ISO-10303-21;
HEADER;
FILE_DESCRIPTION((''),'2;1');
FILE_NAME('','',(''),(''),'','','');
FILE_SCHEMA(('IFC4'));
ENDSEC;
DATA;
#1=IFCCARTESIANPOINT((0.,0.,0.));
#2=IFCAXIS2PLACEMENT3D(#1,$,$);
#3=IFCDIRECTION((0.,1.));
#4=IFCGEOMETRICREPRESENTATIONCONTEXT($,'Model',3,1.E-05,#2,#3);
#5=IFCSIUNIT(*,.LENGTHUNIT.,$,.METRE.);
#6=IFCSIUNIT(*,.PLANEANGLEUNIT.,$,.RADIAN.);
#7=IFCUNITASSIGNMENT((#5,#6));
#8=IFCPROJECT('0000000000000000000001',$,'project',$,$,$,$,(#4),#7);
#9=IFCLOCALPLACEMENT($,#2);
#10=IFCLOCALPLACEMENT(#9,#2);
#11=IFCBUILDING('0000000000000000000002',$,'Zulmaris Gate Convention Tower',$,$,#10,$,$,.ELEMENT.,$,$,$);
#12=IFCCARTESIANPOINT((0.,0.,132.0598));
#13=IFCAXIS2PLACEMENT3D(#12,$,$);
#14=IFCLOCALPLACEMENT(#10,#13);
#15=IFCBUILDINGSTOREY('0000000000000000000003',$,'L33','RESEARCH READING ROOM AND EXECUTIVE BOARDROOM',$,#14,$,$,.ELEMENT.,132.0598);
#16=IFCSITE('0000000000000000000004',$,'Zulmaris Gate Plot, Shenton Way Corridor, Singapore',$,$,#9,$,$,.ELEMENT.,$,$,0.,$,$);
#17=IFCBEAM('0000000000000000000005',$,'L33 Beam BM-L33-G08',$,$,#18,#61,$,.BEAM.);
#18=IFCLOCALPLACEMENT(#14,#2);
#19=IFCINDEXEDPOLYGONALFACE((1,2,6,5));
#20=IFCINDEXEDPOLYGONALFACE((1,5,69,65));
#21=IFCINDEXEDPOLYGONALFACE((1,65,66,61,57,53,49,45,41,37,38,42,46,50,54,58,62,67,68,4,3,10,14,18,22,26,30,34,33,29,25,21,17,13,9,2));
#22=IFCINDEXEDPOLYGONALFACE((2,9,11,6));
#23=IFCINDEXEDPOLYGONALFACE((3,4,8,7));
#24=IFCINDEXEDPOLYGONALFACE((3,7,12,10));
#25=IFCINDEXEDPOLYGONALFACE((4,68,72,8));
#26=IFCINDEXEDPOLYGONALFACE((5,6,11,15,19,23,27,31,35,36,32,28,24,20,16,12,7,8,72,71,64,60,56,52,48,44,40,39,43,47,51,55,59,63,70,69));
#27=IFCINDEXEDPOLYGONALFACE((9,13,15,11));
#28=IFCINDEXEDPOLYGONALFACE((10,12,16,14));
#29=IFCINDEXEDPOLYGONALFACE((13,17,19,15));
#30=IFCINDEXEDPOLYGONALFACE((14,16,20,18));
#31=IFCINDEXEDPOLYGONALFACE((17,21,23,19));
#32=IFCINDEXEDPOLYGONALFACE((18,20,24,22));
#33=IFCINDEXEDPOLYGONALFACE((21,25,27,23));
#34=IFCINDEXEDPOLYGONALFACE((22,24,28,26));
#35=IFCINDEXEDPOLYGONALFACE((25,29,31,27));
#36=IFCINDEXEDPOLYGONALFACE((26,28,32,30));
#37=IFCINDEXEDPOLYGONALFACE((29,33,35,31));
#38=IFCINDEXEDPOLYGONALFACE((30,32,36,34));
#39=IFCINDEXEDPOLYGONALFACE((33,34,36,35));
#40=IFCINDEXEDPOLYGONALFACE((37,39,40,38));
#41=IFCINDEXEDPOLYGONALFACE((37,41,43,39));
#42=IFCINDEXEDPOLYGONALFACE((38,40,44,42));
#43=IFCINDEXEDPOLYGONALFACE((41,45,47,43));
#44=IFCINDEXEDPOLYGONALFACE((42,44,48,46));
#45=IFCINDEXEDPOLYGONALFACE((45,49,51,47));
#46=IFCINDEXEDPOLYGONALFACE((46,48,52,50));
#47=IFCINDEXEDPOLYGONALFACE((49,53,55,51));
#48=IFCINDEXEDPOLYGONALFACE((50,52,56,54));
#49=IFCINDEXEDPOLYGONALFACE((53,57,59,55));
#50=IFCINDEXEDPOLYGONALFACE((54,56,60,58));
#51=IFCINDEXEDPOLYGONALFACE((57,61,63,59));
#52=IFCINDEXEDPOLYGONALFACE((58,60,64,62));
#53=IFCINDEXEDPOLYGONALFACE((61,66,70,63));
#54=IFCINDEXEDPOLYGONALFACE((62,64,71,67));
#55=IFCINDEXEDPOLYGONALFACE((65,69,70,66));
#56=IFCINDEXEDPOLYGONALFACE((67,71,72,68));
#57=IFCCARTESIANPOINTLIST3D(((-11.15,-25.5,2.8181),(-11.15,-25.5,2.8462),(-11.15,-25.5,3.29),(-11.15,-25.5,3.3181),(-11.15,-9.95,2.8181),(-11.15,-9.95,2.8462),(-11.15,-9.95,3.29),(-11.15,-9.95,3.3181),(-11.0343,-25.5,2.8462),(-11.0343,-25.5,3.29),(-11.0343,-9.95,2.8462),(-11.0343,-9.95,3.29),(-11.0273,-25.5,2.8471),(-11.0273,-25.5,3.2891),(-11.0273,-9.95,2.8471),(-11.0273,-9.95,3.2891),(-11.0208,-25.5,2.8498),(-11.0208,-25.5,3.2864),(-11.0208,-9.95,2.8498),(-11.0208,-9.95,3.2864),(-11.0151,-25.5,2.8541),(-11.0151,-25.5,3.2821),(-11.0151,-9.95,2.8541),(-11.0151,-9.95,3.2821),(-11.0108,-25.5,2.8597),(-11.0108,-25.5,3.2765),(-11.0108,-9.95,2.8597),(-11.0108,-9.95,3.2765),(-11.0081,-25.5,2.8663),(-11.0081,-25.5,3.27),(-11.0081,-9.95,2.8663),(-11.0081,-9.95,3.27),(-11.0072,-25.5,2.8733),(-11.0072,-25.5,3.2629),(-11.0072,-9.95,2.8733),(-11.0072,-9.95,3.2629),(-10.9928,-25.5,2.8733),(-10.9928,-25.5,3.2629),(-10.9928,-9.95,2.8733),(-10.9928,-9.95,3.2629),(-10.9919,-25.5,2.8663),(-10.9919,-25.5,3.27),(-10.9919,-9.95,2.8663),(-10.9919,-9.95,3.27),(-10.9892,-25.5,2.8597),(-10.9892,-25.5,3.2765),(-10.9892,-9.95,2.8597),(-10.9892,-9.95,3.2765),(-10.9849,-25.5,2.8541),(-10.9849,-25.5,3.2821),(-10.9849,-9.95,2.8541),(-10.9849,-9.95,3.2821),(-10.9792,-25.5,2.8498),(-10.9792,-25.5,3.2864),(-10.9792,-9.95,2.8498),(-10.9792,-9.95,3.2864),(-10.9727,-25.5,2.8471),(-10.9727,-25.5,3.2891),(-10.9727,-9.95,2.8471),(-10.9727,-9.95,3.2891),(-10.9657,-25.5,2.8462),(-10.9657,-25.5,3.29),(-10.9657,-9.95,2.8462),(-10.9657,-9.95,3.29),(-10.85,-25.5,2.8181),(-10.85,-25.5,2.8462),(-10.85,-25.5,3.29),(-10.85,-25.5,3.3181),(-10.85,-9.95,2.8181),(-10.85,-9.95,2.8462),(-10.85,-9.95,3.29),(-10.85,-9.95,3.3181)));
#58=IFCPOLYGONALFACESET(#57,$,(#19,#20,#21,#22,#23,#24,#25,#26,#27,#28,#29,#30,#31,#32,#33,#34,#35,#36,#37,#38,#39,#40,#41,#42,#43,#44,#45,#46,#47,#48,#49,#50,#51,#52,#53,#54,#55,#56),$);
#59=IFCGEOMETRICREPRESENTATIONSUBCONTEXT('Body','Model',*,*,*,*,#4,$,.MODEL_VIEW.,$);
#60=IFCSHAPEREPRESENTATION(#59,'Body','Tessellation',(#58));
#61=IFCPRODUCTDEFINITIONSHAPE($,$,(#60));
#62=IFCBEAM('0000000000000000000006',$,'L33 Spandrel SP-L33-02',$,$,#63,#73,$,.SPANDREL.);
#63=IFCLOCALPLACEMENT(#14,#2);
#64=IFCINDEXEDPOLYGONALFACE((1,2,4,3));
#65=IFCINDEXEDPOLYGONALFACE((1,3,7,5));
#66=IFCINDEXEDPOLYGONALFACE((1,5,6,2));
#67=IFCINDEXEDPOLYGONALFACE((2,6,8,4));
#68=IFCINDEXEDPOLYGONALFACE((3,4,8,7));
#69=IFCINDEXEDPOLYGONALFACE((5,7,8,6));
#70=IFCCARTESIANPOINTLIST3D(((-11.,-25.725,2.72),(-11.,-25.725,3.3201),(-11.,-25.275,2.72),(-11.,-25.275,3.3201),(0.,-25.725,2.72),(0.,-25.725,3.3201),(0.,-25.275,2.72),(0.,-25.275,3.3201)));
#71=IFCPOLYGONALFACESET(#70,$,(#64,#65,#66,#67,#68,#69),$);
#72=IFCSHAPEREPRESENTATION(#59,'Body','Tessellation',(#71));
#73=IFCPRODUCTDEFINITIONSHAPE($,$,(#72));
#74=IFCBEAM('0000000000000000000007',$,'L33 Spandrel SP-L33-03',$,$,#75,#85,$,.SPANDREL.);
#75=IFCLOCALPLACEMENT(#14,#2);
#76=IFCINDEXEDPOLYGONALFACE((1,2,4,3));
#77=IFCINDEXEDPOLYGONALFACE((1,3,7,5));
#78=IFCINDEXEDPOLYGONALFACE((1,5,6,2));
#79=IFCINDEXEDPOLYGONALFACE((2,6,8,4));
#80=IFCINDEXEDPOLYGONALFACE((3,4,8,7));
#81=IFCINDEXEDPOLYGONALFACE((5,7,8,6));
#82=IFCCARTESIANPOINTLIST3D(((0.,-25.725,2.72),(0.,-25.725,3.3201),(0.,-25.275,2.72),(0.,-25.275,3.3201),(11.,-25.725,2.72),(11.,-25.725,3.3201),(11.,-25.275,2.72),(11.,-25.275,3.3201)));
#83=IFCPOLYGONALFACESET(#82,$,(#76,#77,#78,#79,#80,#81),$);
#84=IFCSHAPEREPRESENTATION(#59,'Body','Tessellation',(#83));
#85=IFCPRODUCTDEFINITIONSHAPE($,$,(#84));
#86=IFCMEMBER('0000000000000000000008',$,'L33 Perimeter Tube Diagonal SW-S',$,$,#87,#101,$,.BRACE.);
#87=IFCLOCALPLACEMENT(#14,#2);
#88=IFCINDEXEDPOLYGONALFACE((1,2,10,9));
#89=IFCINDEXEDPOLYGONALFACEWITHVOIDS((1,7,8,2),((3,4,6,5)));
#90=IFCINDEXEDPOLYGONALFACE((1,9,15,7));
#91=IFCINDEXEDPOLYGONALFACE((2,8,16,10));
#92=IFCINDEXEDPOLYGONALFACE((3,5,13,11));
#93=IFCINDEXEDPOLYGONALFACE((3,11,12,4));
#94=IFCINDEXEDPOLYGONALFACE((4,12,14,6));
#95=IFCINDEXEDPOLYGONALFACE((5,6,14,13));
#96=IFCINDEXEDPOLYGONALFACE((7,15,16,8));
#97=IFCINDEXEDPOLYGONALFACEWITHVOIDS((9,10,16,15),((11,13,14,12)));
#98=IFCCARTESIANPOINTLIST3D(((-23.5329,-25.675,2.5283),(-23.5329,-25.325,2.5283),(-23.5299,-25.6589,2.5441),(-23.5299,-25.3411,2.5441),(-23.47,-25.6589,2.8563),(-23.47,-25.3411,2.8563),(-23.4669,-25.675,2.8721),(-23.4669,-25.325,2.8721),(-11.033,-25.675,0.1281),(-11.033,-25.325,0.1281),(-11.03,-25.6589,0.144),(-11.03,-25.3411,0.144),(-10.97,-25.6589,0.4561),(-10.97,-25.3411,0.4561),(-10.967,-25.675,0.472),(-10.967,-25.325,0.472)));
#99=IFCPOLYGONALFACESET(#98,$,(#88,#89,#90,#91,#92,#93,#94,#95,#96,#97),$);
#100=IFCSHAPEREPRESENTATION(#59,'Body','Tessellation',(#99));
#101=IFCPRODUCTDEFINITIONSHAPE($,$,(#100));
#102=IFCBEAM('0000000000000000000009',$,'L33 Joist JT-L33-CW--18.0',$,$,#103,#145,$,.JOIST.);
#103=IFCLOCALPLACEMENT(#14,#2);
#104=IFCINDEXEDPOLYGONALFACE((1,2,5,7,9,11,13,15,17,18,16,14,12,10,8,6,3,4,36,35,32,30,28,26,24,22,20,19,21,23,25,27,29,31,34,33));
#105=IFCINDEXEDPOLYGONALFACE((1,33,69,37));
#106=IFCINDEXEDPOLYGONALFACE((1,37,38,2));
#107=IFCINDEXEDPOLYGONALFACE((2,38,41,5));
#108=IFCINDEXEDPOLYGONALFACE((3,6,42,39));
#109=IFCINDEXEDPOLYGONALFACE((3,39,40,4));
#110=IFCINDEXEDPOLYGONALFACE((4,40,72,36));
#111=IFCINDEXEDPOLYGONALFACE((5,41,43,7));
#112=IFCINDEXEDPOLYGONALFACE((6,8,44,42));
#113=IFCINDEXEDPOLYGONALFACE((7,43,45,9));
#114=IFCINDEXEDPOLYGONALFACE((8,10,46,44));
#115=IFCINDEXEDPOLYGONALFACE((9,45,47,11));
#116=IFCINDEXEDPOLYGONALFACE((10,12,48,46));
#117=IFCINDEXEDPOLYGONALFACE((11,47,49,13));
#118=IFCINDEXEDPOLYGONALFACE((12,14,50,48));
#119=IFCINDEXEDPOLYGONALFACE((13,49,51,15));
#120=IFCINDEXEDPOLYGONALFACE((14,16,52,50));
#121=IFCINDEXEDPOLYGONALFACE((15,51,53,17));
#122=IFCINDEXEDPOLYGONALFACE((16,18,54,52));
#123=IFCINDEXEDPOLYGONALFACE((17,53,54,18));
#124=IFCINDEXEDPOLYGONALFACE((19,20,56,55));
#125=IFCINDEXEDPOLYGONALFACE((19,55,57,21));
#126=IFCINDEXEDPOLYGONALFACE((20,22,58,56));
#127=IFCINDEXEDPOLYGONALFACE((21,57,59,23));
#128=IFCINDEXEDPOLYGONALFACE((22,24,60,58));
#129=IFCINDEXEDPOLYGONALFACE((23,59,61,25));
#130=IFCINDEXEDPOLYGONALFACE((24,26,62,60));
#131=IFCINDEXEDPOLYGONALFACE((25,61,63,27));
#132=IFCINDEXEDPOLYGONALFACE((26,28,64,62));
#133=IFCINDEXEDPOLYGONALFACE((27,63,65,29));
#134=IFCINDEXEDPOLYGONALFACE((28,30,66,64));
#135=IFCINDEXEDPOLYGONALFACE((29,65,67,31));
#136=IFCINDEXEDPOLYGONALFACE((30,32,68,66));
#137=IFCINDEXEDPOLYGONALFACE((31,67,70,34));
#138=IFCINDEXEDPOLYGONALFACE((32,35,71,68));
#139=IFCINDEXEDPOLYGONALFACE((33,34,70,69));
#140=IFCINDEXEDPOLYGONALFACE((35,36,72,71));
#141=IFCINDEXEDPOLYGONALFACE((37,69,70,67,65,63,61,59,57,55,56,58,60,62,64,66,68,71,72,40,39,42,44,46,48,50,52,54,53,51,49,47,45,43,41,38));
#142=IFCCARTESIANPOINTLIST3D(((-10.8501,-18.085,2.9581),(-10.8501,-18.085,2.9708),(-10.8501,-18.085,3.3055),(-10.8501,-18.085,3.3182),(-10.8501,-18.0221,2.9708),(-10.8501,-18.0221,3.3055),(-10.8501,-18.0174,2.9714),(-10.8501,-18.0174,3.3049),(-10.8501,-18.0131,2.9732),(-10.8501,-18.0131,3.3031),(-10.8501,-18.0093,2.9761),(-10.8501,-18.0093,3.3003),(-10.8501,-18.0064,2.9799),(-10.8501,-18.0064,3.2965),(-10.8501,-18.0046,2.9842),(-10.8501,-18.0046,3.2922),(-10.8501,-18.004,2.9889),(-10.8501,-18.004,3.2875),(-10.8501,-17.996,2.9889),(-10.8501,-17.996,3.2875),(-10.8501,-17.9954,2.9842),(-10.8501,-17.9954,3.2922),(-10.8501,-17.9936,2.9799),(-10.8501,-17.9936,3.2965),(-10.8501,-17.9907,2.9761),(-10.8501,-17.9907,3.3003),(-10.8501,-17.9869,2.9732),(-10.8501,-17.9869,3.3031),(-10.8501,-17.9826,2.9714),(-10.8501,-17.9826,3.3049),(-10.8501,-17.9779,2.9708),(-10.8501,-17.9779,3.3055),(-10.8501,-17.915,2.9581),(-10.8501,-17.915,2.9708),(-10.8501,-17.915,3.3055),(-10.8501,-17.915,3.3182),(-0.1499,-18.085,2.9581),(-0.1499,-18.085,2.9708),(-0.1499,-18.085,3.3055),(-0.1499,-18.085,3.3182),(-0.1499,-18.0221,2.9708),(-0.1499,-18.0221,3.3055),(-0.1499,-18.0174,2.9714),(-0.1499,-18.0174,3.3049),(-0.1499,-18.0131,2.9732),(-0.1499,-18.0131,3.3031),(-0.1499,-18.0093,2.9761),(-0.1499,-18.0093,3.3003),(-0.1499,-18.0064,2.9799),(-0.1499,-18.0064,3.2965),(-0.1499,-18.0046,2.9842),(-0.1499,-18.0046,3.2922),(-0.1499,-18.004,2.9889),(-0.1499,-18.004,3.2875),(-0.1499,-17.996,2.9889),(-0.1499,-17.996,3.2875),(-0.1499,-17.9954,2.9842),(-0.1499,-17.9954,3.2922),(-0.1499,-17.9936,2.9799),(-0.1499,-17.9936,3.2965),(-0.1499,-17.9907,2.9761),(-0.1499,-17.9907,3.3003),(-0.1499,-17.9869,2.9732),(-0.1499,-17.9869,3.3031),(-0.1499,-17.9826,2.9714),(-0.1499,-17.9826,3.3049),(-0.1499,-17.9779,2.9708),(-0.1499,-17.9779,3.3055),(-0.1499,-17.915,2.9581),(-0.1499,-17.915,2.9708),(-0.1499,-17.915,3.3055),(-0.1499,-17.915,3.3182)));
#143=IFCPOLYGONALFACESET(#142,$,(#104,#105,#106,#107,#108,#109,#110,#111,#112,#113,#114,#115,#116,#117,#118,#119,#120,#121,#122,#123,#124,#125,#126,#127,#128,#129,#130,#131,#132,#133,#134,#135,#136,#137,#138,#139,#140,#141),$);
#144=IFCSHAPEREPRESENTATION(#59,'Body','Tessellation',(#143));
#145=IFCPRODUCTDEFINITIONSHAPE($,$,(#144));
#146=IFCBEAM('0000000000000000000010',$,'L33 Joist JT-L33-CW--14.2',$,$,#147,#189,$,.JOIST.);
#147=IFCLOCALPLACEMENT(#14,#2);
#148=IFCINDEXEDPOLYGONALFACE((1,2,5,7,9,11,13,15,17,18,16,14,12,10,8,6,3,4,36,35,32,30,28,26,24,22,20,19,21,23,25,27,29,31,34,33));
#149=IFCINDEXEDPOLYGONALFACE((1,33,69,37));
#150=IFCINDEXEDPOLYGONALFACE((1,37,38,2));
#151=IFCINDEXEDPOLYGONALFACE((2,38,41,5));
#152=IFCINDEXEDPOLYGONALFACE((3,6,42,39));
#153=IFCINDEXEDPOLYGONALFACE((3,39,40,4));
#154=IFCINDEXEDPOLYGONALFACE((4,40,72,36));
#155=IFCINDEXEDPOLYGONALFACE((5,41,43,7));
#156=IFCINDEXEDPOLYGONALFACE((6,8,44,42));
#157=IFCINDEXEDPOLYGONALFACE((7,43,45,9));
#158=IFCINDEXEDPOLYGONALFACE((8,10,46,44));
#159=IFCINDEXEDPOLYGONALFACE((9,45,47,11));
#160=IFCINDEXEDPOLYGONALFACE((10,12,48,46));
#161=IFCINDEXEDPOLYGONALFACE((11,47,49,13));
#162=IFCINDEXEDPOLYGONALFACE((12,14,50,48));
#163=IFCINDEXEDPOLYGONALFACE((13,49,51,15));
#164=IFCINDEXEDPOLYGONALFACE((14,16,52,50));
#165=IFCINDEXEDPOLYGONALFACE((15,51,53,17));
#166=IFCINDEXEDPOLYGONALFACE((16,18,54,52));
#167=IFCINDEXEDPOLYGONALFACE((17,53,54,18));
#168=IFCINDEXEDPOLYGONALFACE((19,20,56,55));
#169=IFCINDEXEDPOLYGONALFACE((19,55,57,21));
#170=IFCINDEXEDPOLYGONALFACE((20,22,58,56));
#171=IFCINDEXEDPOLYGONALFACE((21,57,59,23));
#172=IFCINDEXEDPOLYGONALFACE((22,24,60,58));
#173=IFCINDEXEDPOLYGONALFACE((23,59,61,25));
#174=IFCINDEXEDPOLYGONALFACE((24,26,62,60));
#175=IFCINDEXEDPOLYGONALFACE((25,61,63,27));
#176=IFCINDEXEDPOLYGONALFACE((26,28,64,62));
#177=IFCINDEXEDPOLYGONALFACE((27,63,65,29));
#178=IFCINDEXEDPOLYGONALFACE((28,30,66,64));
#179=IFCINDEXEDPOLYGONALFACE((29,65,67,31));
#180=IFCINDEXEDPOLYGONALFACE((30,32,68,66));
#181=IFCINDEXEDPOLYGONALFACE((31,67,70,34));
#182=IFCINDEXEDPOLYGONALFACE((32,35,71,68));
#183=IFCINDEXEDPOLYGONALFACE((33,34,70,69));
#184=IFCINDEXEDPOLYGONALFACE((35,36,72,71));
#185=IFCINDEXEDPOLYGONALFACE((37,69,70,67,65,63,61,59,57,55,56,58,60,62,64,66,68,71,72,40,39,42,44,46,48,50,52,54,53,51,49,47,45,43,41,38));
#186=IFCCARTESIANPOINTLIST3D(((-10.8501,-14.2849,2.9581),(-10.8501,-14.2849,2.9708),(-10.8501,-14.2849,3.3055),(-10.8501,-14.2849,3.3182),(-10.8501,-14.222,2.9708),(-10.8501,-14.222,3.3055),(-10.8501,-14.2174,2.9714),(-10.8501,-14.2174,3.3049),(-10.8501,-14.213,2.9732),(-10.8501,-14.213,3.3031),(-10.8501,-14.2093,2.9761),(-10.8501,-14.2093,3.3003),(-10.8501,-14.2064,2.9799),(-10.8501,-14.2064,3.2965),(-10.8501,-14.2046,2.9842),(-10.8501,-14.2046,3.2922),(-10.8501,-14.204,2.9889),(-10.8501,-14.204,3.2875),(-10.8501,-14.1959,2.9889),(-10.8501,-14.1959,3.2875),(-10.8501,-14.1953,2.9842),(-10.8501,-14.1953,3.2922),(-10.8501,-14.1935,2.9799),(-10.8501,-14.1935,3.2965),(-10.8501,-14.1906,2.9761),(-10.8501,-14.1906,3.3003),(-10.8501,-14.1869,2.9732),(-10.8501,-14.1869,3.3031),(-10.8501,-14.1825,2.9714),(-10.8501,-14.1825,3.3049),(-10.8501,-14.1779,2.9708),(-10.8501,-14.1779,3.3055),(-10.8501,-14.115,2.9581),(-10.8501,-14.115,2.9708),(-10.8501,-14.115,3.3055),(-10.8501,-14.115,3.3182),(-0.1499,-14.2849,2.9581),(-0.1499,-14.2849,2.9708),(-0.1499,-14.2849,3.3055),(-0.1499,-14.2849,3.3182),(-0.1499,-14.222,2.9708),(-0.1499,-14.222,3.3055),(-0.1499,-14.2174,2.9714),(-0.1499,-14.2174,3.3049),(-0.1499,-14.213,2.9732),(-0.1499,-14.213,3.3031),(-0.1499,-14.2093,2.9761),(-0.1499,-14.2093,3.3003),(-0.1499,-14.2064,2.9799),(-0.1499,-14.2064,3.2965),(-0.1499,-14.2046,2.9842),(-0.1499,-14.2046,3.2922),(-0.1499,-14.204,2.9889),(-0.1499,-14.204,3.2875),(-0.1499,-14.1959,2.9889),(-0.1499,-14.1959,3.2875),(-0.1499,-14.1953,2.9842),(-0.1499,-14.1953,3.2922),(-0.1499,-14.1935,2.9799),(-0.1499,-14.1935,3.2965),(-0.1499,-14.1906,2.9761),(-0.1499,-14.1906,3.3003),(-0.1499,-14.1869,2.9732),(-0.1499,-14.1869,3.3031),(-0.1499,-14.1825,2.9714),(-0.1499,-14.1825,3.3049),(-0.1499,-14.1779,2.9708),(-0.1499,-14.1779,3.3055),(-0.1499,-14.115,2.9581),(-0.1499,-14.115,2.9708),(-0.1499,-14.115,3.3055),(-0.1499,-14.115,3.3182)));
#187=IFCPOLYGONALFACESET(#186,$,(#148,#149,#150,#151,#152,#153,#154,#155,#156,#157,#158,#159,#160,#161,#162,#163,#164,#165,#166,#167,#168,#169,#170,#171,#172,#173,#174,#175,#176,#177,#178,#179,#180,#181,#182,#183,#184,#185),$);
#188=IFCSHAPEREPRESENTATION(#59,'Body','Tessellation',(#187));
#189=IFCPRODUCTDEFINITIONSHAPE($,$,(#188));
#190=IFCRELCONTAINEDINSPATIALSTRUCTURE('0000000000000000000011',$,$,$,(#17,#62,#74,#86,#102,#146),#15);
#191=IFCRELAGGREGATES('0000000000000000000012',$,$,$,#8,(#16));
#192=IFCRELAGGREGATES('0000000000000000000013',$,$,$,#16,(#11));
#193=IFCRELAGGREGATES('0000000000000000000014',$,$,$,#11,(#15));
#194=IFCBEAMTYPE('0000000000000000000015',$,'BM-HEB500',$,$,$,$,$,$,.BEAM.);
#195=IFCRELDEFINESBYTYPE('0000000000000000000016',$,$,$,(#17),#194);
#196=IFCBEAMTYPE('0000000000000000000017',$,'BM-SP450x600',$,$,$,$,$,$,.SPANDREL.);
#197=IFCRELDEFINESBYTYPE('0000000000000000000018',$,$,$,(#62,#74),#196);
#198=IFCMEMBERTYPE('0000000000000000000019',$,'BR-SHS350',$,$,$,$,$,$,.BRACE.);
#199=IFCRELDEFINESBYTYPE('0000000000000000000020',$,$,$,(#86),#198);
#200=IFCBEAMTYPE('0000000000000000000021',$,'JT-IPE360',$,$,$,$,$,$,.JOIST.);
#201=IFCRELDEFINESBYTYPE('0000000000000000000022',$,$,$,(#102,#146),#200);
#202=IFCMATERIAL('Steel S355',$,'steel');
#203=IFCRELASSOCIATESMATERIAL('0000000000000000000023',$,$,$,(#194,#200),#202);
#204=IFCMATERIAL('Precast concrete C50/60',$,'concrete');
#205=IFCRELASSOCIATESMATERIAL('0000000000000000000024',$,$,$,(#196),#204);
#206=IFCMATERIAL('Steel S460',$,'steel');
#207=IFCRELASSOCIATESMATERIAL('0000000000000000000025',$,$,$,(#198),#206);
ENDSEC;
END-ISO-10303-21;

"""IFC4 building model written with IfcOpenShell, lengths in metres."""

from ifc_helpers import new_model, si_unit, direction, frame, origin, origin_2d, place, context, subcontext, project, spatial, rectangle, hollow_rectangle, i_section, extrude, material, material_profile, profile_set, type_object, element, save


model = new_model("IFC4")

# Units and contexts
model_context = context("Model", 3, precision=1e-05, world=origin(), true_north=direction((0.0, 1.0)))
body_context = subcontext(model_context, "Body", "Model", "MODEL_VIEW")
ifc_project = project(units=[si_unit("LENGTHUNIT", "METRE"), si_unit("PLANEANGLEUNIT", "RADIAN")], contexts=[model_context])

# Site, building, storey
site_placement = place(None, origin())
site = spatial("IfcSite", under=ifc_project, at=site_placement, Name="Zulmaris Gate Plot, Shenton Way Corridor, Singapore", CompositionType="ELEMENT", RefElevation=0.0)
building_placement = place(site_placement, origin())
building = spatial("IfcBuilding", under=site, at=building_placement, Name="Zulmaris Gate Convention Tower", CompositionType="ELEMENT")
storey_placement = place(building_placement, frame((0.0, 0.0, 132.0598)))
storey = spatial("IfcBuildingStorey", under=building, at=storey_placement, Name="L33", Description="RESEARCH READING ROOM AND EXECUTIVE BOARDROOM", CompositionType="ELEMENT", Elevation=132.0598)

# Beams
ifc_material_1 = material(Name="Steel S355", Category="steel")
ifc_material_profile_1 = material_profile(ifc_material_1, i_section(OverallWidth=0.3, OverallDepth=0.5, WebThickness=0.0144, FlangeThickness=0.0281, FilletRadius=0.0271, at=origin_2d()), Name="HEB 500")
ifc_profile_set_1 = profile_set([ifc_material_profile_1], Name="Steel S355")
beam_type_1 = type_object("IfcBeamType", Name="BM-HEB500", PredefinedType="BEAM", material=ifc_profile_set_1)
beam_1_placement = place(storey_placement, frame((-11.0, -25.5, 3.0681), z_axis=(0.0, 1.0, 0.0), x_axis=(-1.0, 0.0, 0.0)))
element("IfcBeam", 1, at=beam_1_placement, inside=storey, type_object=beam_type_1, Name="L33 Beam BM-L33-G08", PredefinedType="BEAM", context=body_context, shape_type="SweptSolid", body=[
    extrude(i_section(OverallWidth=0.3, OverallDepth=0.5, WebThickness=0.0144, FlangeThickness=0.0281, FilletRadius=0.0271, at=origin_2d()), origin(), (0.0, 0.0, 1.0), 15.55),
])
ifc_material_2 = material(Name="Precast concrete C50/60", Category="concrete")
ifc_material_profile_2 = material_profile(ifc_material_2, rectangle(XDim=0.45, YDim=0.6001, at=origin_2d()), Name="RC SPANDREL 450x600")
ifc_profile_set_2 = profile_set([ifc_material_profile_2], Name="Precast concrete C50/60")
beam_type_2 = type_object("IfcBeamType", Name="BM-SP450x600", PredefinedType="SPANDREL", material=ifc_profile_set_2)
for number, where, z_axis, x_axis, name in (
    (2, (-11.0, -25.5, 3.02), (1.0, 0.0, 0.0), (0.0, 1.0, 0.0), "L33 Spandrel SP-L33-02"),
    (3, (0.0, -25.5, 3.02), (1.0, 0.0, 0.0), (0.0, 1.0, 0.0), "L33 Spandrel SP-L33-03"),
):
    element("IfcBeam", number, at=place(storey_placement, frame(where, z_axis=z_axis, x_axis=x_axis)), inside=storey, type_object=beam_type_2, Name=name, PredefinedType="SPANDREL", context=body_context, shape_type="SweptSolid", body=[
        extrude(rectangle(XDim=0.45, YDim=0.6001, at=origin_2d()), origin(), (0.0, 0.0, 1.0), 11.0),
    ])

# Member
ifc_material_3 = material(Name="Steel S460", Category="steel")
ifc_material_profile_3 = material_profile(ifc_material_3, hollow_rectangle(XDim=0.3501, YDim=0.3501, WallThickness=0.0161, at=origin_2d()), Name="SHS 350x350x16")
ifc_profile_set_3 = profile_set([ifc_material_profile_3], Name="Steel S460")
member_type = type_object("IfcMemberType", Name="BR-SHS350", PredefinedType="BRACE", material=ifc_profile_set_3)
member_placement = place(storey_placement, frame((-11.0, -25.5, 0.3), z_axis=(-0.98206, 0.0, 0.188567), x_axis=(0.0, -1.0, 0.0)))
element("IfcMember", 4, at=member_placement, inside=storey, type_object=member_type, Name="L33 Perimeter Tube Diagonal SW-S", PredefinedType="BRACE", context=body_context, shape_type="SweptSolid", body=[
    extrude(hollow_rectangle(XDim=0.3501, YDim=0.3501, WallThickness=0.0161, at=origin_2d()), origin(), (0.0, 0.0, 1.0), 12.7283),
])

# Beams
ifc_material_profile_4 = material_profile(ifc_material_1, i_section(OverallWidth=0.1699, OverallDepth=0.3601, WebThickness=0.0081, FlangeThickness=0.0127, FilletRadius=0.0181, at=origin_2d()), Name="IPE 360")
ifc_profile_set_4 = profile_set([ifc_material_profile_4], Name="Steel S355")
beam_type_3 = type_object("IfcBeamType", Name="JT-IPE360", PredefinedType="JOIST", material=ifc_profile_set_4)
for number, where, z_axis, x_axis, name in (
    (5, (-10.8501, -18.0, 3.1382), (1.0, 0.0, 0.0), (0.0, 1.0, 0.0), "L33 Joist JT-L33-CW--18.0"),
    (6, (-10.8501, -14.2, 3.1382), (1.0, 0.0, 0.0), (0.0, 1.0, 0.0), "L33 Joist JT-L33-CW--14.2"),
):
    element("IfcBeam", number, at=place(storey_placement, frame(where, z_axis=z_axis, x_axis=x_axis)), inside=storey, type_object=beam_type_3, Name=name, PredefinedType="JOIST", context=body_context, shape_type="SweptSolid", body=[
        extrude(i_section(OverallWidth=0.1699, OverallDepth=0.3601, WebThickness=0.0081, FlangeThickness=0.0127, FilletRadius=0.0181, at=origin_2d()), origin(), (0.0, 0.0, 1.0), 10.7002),
    ])

save(model, "model.ifc")
